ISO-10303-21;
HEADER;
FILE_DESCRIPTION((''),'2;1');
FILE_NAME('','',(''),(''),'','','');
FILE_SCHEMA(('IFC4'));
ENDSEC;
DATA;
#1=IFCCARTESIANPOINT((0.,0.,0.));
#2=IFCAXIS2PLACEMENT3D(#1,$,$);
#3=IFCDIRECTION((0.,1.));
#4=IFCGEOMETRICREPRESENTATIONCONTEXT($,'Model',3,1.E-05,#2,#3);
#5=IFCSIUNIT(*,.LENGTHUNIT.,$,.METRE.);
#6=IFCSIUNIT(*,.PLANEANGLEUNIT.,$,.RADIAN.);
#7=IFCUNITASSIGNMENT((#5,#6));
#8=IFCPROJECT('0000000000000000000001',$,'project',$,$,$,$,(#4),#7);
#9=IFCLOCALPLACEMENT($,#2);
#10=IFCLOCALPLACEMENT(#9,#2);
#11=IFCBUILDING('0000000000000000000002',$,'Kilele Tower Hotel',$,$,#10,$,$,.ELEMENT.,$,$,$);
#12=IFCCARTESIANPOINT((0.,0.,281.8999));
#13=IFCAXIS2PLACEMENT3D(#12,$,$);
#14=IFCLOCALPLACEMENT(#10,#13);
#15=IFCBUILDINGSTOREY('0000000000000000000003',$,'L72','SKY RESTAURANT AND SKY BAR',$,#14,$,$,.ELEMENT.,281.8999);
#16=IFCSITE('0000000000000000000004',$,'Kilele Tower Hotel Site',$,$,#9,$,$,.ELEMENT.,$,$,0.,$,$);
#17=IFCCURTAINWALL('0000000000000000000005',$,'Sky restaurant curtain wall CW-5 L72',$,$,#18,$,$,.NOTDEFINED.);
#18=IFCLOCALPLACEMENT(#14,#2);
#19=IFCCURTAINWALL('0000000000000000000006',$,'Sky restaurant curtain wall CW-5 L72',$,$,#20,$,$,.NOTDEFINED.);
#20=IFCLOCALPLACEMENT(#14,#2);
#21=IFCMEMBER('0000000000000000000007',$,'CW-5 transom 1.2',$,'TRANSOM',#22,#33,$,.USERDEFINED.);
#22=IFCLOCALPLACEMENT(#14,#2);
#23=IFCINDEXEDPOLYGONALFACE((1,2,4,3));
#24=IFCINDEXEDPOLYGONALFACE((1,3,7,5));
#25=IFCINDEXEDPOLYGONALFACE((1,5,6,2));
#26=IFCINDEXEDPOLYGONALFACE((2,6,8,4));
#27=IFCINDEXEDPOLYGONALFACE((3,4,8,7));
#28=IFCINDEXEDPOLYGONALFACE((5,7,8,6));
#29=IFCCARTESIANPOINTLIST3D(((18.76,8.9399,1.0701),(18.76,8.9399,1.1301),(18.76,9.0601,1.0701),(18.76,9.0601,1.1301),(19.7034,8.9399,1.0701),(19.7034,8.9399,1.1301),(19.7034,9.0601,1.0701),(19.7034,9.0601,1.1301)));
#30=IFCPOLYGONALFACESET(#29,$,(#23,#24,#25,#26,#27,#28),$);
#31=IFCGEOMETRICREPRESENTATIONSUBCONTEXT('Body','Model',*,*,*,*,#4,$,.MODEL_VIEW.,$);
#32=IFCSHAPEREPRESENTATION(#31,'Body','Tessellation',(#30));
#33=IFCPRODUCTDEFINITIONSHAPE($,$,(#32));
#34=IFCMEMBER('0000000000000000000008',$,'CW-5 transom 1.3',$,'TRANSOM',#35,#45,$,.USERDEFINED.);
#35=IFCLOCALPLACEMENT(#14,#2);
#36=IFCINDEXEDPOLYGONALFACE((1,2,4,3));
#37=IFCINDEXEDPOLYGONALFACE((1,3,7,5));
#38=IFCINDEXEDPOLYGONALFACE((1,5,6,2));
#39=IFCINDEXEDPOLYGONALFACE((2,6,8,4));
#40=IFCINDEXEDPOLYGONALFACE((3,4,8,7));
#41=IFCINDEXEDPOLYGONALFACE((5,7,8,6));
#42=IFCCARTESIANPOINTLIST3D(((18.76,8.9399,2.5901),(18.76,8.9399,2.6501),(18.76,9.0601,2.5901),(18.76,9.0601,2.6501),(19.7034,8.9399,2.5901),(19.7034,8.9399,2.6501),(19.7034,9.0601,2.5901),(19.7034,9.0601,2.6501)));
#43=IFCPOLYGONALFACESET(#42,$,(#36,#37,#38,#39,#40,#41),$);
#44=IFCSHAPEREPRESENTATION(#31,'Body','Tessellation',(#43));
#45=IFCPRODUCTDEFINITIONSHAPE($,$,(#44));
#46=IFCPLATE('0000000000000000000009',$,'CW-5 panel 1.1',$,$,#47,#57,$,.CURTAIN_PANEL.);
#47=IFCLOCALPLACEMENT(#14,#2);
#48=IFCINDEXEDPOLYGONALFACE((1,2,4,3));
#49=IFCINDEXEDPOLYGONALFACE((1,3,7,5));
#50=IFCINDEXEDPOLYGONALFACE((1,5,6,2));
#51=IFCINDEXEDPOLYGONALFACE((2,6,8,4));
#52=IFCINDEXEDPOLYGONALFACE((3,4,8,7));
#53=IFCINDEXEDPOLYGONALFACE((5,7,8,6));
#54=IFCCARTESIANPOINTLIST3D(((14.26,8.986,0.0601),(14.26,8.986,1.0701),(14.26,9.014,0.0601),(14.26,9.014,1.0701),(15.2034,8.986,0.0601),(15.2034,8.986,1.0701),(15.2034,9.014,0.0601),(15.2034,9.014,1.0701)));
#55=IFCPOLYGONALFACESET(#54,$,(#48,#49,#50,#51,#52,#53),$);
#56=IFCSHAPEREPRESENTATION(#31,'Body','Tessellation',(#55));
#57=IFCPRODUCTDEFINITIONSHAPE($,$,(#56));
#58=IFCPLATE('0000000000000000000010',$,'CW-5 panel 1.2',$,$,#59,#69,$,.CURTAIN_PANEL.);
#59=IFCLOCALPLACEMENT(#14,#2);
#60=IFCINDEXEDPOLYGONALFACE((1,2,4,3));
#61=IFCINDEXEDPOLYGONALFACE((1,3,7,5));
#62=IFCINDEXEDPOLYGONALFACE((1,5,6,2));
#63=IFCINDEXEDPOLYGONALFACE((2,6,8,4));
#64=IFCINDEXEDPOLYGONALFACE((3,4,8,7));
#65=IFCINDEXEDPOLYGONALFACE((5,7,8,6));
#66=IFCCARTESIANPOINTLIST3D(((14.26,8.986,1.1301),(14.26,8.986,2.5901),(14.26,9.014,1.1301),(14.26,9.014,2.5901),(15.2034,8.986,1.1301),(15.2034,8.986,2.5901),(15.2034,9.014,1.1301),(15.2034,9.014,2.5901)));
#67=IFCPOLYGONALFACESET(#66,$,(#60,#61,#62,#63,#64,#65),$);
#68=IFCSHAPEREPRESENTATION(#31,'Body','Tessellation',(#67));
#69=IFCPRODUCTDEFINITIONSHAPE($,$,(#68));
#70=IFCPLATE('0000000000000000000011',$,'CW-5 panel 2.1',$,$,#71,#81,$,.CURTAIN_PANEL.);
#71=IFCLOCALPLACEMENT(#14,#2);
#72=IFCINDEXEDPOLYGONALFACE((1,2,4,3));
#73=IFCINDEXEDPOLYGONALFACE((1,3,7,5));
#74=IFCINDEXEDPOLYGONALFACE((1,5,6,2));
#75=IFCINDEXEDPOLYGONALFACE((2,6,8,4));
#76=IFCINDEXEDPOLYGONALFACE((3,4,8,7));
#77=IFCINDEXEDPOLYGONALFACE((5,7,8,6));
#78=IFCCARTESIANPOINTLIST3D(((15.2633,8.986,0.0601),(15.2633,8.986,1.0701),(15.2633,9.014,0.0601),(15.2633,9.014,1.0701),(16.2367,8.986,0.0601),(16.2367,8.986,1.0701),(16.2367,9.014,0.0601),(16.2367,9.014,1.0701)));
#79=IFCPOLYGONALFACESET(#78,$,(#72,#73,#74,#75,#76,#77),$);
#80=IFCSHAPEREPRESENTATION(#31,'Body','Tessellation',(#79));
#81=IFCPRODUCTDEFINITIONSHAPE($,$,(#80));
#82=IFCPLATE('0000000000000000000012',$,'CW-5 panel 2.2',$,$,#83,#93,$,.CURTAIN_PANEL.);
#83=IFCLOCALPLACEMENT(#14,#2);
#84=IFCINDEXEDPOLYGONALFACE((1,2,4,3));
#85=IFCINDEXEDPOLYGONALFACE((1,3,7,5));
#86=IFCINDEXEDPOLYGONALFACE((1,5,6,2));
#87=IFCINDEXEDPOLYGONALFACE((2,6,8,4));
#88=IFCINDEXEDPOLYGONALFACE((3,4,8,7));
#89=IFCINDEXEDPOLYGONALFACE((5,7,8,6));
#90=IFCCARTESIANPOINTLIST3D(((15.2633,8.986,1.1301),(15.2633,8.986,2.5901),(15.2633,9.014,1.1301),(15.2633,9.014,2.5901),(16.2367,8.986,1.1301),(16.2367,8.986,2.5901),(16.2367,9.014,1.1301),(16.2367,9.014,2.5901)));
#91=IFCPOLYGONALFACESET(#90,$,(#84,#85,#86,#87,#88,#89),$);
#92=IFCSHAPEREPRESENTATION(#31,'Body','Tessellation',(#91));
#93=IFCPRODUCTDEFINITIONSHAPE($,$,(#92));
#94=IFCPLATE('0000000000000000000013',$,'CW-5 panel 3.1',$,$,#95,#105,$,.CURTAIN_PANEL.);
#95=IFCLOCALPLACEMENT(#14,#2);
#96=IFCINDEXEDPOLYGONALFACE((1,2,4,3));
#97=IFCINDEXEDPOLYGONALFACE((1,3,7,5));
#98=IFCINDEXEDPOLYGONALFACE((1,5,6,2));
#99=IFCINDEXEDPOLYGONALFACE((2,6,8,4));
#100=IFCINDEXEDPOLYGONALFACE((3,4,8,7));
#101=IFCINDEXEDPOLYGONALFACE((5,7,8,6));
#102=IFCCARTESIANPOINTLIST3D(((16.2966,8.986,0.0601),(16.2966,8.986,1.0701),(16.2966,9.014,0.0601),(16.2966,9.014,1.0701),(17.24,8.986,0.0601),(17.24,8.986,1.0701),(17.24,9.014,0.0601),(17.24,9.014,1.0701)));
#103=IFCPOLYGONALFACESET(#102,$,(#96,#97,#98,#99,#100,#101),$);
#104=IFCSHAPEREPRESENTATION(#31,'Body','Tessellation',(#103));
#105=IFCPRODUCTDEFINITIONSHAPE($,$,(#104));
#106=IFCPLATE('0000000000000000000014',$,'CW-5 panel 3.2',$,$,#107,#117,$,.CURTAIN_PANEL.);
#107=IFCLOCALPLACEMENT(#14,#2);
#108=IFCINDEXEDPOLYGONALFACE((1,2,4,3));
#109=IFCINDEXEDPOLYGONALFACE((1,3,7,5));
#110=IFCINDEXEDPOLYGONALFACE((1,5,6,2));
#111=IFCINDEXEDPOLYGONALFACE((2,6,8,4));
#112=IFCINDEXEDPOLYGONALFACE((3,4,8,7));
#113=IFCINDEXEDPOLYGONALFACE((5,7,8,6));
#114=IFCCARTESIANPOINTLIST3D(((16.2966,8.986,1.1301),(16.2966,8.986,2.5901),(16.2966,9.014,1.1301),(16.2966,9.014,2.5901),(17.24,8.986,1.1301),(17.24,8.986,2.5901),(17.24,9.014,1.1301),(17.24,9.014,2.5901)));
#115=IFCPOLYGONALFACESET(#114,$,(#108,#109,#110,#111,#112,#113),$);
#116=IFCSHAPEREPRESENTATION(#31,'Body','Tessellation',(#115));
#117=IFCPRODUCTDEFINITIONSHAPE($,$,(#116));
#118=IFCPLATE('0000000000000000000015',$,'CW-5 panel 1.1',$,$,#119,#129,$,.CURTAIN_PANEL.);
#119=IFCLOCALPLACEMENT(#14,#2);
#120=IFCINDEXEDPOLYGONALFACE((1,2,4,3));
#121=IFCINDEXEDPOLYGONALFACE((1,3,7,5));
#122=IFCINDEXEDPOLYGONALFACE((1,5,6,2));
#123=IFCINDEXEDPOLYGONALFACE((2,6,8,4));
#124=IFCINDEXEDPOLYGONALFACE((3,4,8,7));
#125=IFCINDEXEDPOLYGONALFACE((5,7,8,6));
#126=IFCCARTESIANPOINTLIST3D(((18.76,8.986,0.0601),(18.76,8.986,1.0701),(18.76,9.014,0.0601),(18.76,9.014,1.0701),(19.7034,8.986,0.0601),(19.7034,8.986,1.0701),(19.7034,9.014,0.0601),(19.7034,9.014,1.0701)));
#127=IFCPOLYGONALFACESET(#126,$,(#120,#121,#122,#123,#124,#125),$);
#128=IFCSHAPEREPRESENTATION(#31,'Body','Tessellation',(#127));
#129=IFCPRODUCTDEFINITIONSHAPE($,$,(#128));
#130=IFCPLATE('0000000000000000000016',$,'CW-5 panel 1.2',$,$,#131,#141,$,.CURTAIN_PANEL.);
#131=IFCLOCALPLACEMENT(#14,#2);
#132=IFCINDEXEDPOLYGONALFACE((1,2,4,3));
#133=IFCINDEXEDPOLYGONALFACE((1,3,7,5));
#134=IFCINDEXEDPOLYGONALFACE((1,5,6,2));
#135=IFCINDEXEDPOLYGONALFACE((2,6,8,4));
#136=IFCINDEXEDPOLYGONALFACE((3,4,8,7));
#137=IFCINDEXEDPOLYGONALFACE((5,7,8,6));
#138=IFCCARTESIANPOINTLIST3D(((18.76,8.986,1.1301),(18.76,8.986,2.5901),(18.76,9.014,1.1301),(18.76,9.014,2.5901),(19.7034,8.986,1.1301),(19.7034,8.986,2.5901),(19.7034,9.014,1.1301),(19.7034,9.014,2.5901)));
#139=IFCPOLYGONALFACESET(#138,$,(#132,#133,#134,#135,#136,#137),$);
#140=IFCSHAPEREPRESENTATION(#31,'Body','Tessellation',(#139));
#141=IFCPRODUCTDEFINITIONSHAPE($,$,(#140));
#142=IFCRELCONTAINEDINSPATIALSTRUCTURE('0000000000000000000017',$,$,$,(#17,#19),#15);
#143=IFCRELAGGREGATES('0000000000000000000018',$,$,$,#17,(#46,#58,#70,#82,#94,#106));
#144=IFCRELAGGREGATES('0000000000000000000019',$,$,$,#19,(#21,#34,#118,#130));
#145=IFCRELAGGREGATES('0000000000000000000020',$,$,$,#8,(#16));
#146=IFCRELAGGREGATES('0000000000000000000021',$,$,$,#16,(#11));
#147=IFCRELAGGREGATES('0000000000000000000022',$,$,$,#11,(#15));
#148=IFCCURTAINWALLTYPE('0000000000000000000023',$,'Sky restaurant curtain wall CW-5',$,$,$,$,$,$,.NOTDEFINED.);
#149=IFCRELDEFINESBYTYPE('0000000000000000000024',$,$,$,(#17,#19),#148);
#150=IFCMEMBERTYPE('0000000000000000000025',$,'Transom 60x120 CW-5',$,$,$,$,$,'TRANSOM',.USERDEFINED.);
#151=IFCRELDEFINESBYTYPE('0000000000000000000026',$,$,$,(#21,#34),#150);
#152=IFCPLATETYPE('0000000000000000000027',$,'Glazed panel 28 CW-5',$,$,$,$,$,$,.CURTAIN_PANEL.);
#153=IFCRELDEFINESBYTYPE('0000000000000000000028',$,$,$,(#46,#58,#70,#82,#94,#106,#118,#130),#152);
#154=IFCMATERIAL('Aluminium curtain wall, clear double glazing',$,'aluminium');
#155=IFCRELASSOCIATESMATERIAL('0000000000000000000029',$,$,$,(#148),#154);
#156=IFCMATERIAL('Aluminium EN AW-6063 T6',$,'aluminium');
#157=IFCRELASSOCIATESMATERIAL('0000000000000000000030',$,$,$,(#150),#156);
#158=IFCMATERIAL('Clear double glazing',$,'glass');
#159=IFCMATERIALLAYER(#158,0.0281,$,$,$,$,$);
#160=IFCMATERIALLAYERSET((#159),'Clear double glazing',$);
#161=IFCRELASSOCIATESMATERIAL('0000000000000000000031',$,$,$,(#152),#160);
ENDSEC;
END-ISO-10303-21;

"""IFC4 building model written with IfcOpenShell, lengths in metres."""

from ifc_helpers import new_model, si_unit, direction, frame, origin, origin_2d, place, context, subcontext, project, spatial, rectangle, extrude, material, layer, layer_set, material_profile, profile_set, type_object, element, aggregate, save


model = new_model("IFC4")

# Units and contexts
model_context = context("Model", 3, precision=1e-05, world=origin(), true_north=direction((0.0, 1.0)))
body_context = subcontext(model_context, "Body", "Model", "MODEL_VIEW")
ifc_project = project(units=[si_unit("LENGTHUNIT", "METRE"), si_unit("PLANEANGLEUNIT", "RADIAN")], contexts=[model_context])

# Site, building, storey
site_placement = place(None, origin())
site = spatial("IfcSite", under=ifc_project, at=site_placement, Name="Kilele Tower Hotel Site", CompositionType="ELEMENT", RefElevation=0.0)
building_placement = place(site_placement, origin())
building = spatial("IfcBuilding", under=site, at=building_placement, Name="Kilele Tower Hotel", CompositionType="ELEMENT")
storey_placement = place(building_placement, frame((0.0, 0.0, 281.8999)))
storey = spatial("IfcBuildingStorey", under=building, at=storey_placement, Name="L72", Description="SKY RESTAURANT AND SKY BAR", CompositionType="ELEMENT", Elevation=281.8999)

# Curtain walls
ifc_material_1 = material(Name="Aluminium curtain wall, clear double glazing", Category="aluminium")
curtain_wall_type = type_object("IfcCurtainWallType", Name="Sky restaurant curtain wall CW-5", PredefinedType="NOTDEFINED", material=ifc_material_1)
curtain_wall_1_placement = place(storey_placement, origin())
curtain_wall_1 = element("IfcCurtainWall", 1, at=curtain_wall_1_placement, inside=storey, type_object=curtain_wall_type, Name="Sky restaurant curtain wall CW-5 L72", PredefinedType="NOTDEFINED")
curtain_wall_2_placement = place(storey_placement, origin())
curtain_wall_2 = element("IfcCurtainWall", 2, at=curtain_wall_2_placement, inside=storey, type_object=curtain_wall_type, Name="Sky restaurant curtain wall CW-5 L72", PredefinedType="NOTDEFINED")

# Members
ifc_material_2 = material(Name="Aluminium EN AW-6063 T6", Category="aluminium")
ifc_material_profile_1 = material_profile(ifc_material_2, rectangle(XDim=0.1201, YDim=0.0601, at=origin_2d()))
ifc_profile_set_1 = profile_set([ifc_material_profile_1], Name="Aluminium EN AW-6063 T6")
member_type_1 = type_object("IfcMemberType", Name="Transom 60x120 CW-5", ElementType="TRANSOM", PredefinedType="USERDEFINED", material=ifc_profile_set_1)
member_1_placement = place(storey_placement, frame((18.76, 9.0, 1.1001), z_axis=(1.0, 0.0, 0.0), x_axis=(0.0, 1.0, 0.0)))
member_1 = element("IfcMember", 3, at=member_1_placement, type_object=member_type_1, Name="CW-5 transom 1.2", ObjectType="TRANSOM", PredefinedType="USERDEFINED", context=body_context, shape_type="SweptSolid", body=[
    extrude(rectangle(XDim=0.1201, YDim=0.0601, at=origin_2d()), origin(), (0.0, 0.0, 1.0), 0.9434),
])
member_2_placement = place(storey_placement, frame((18.76, 9.0, 2.6201), z_axis=(1.0, 0.0, 0.0), x_axis=(0.0, 1.0, 0.0)))
member_2 = element("IfcMember", 4, at=member_2_placement, type_object=member_type_1, Name="CW-5 transom 1.3", ObjectType="TRANSOM", PredefinedType="USERDEFINED", context=body_context, shape_type="SweptSolid", body=[
    extrude(rectangle(XDim=0.1201, YDim=0.0601, at=origin_2d()), origin(), (0.0, 0.0, 1.0), 0.9434),
])

# Plates
ifc_material_3 = material(Name="Clear double glazing", Category="glass")
ifc_layer = layer(ifc_material_3, 0.0281)
ifc_layer_set = layer_set([ifc_layer], Name="Clear double glazing")
plate_type = type_object("IfcPlateType", Name="Glazed panel 28 CW-5", PredefinedType="CURTAIN_PANEL", material=ifc_layer_set)
plate_1_placement = place(storey_placement, frame((14.7317, 9.0, 0.0601), z_axis=(0.0, 0.0, 1.0), x_axis=(1.0, 0.0, 0.0)))
plate_1 = element("IfcPlate", 5, at=plate_1_placement, type_object=plate_type, Name="CW-5 panel 1.1", PredefinedType="CURTAIN_PANEL", context=body_context, shape_type="SweptSolid", body=[
    extrude(rectangle(XDim=0.9434, YDim=0.0281, at=origin_2d()), origin(), (0.0, 0.0, 1.0), 1.01),
])
plate_2_placement = place(storey_placement, frame((14.7317, 9.0, 1.1301), z_axis=(0.0, 0.0, 1.0), x_axis=(1.0, 0.0, 0.0)))
plate_2 = element("IfcPlate", 6, at=plate_2_placement, type_object=plate_type, Name="CW-5 panel 1.2", PredefinedType="CURTAIN_PANEL", context=body_context, shape_type="SweptSolid", body=[
    extrude(rectangle(XDim=0.9434, YDim=0.0281, at=origin_2d()), origin(), (0.0, 0.0, 1.0), 1.46),
])
plate_3_placement = place(storey_placement, frame((15.75, 9.0, 0.0601), z_axis=(0.0, 0.0, 1.0), x_axis=(1.0, 0.0, 0.0)))
plate_3 = element("IfcPlate", 7, at=plate_3_placement, type_object=plate_type, Name="CW-5 panel 2.1", PredefinedType="CURTAIN_PANEL", context=body_context, shape_type="SweptSolid", body=[
    extrude(rectangle(XDim=0.9734, YDim=0.0281, at=origin_2d()), origin(), (0.0, 0.0, 1.0), 1.01),
])
plate_4_placement = place(storey_placement, frame((15.75, 9.0, 1.1301), z_axis=(0.0, 0.0, 1.0), x_axis=(1.0, 0.0, 0.0)))
plate_4 = element("IfcPlate", 8, at=plate_4_placement, type_object=plate_type, Name="CW-5 panel 2.2", PredefinedType="CURTAIN_PANEL", context=body_context, shape_type="SweptSolid", body=[
    extrude(rectangle(XDim=0.9734, YDim=0.0281, at=origin_2d()), origin(), (0.0, 0.0, 1.0), 1.46),
])
plate_5_placement = place(storey_placement, frame((16.7683, 9.0, 0.0601), z_axis=(0.0, 0.0, 1.0), x_axis=(1.0, 0.0, 0.0)))
plate_5 = element("IfcPlate", 9, at=plate_5_placement, type_object=plate_type, Name="CW-5 panel 3.1", PredefinedType="CURTAIN_PANEL", context=body_context, shape_type="SweptSolid", body=[
    extrude(rectangle(XDim=0.9434, YDim=0.0281, at=origin_2d()), origin(), (0.0, 0.0, 1.0), 1.01),
])
plate_6_placement = place(storey_placement, frame((16.7683, 9.0, 1.1301), z_axis=(0.0, 0.0, 1.0), x_axis=(1.0, 0.0, 0.0)))
plate_6 = element("IfcPlate", 10, at=plate_6_placement, type_object=plate_type, Name="CW-5 panel 3.2", PredefinedType="CURTAIN_PANEL", context=body_context, shape_type="SweptSolid", body=[
    extrude(rectangle(XDim=0.9434, YDim=0.0281, at=origin_2d()), origin(), (0.0, 0.0, 1.0), 1.46),
])
aggregate(curtain_wall_1, [plate_1, plate_2, plate_3, plate_4, plate_5, plate_6])
plate_7_placement = place(storey_placement, frame((19.2317, 9.0, 0.0601), z_axis=(0.0, 0.0, 1.0), x_axis=(1.0, 0.0, 0.0)))
plate_7 = element("IfcPlate", 11, at=plate_7_placement, type_object=plate_type, Name="CW-5 panel 1.1", PredefinedType="CURTAIN_PANEL", context=body_context, shape_type="SweptSolid", body=[
    extrude(rectangle(XDim=0.9434, YDim=0.0281, at=origin_2d()), origin(), (0.0, 0.0, 1.0), 1.01),
])
plate_8_placement = place(storey_placement, frame((19.2317, 9.0, 1.1301), z_axis=(0.0, 0.0, 1.0), x_axis=(1.0, 0.0, 0.0)))
plate_8 = element("IfcPlate", 12, at=plate_8_placement, type_object=plate_type, Name="CW-5 panel 1.2", PredefinedType="CURTAIN_PANEL", context=body_context, shape_type="SweptSolid", body=[
    extrude(rectangle(XDim=0.9434, YDim=0.0281, at=origin_2d()), origin(), (0.0, 0.0, 1.0), 1.46),
])
aggregate(curtain_wall_2, [member_1, member_2, plate_7, plate_8])

save(model, "model.ifc")
